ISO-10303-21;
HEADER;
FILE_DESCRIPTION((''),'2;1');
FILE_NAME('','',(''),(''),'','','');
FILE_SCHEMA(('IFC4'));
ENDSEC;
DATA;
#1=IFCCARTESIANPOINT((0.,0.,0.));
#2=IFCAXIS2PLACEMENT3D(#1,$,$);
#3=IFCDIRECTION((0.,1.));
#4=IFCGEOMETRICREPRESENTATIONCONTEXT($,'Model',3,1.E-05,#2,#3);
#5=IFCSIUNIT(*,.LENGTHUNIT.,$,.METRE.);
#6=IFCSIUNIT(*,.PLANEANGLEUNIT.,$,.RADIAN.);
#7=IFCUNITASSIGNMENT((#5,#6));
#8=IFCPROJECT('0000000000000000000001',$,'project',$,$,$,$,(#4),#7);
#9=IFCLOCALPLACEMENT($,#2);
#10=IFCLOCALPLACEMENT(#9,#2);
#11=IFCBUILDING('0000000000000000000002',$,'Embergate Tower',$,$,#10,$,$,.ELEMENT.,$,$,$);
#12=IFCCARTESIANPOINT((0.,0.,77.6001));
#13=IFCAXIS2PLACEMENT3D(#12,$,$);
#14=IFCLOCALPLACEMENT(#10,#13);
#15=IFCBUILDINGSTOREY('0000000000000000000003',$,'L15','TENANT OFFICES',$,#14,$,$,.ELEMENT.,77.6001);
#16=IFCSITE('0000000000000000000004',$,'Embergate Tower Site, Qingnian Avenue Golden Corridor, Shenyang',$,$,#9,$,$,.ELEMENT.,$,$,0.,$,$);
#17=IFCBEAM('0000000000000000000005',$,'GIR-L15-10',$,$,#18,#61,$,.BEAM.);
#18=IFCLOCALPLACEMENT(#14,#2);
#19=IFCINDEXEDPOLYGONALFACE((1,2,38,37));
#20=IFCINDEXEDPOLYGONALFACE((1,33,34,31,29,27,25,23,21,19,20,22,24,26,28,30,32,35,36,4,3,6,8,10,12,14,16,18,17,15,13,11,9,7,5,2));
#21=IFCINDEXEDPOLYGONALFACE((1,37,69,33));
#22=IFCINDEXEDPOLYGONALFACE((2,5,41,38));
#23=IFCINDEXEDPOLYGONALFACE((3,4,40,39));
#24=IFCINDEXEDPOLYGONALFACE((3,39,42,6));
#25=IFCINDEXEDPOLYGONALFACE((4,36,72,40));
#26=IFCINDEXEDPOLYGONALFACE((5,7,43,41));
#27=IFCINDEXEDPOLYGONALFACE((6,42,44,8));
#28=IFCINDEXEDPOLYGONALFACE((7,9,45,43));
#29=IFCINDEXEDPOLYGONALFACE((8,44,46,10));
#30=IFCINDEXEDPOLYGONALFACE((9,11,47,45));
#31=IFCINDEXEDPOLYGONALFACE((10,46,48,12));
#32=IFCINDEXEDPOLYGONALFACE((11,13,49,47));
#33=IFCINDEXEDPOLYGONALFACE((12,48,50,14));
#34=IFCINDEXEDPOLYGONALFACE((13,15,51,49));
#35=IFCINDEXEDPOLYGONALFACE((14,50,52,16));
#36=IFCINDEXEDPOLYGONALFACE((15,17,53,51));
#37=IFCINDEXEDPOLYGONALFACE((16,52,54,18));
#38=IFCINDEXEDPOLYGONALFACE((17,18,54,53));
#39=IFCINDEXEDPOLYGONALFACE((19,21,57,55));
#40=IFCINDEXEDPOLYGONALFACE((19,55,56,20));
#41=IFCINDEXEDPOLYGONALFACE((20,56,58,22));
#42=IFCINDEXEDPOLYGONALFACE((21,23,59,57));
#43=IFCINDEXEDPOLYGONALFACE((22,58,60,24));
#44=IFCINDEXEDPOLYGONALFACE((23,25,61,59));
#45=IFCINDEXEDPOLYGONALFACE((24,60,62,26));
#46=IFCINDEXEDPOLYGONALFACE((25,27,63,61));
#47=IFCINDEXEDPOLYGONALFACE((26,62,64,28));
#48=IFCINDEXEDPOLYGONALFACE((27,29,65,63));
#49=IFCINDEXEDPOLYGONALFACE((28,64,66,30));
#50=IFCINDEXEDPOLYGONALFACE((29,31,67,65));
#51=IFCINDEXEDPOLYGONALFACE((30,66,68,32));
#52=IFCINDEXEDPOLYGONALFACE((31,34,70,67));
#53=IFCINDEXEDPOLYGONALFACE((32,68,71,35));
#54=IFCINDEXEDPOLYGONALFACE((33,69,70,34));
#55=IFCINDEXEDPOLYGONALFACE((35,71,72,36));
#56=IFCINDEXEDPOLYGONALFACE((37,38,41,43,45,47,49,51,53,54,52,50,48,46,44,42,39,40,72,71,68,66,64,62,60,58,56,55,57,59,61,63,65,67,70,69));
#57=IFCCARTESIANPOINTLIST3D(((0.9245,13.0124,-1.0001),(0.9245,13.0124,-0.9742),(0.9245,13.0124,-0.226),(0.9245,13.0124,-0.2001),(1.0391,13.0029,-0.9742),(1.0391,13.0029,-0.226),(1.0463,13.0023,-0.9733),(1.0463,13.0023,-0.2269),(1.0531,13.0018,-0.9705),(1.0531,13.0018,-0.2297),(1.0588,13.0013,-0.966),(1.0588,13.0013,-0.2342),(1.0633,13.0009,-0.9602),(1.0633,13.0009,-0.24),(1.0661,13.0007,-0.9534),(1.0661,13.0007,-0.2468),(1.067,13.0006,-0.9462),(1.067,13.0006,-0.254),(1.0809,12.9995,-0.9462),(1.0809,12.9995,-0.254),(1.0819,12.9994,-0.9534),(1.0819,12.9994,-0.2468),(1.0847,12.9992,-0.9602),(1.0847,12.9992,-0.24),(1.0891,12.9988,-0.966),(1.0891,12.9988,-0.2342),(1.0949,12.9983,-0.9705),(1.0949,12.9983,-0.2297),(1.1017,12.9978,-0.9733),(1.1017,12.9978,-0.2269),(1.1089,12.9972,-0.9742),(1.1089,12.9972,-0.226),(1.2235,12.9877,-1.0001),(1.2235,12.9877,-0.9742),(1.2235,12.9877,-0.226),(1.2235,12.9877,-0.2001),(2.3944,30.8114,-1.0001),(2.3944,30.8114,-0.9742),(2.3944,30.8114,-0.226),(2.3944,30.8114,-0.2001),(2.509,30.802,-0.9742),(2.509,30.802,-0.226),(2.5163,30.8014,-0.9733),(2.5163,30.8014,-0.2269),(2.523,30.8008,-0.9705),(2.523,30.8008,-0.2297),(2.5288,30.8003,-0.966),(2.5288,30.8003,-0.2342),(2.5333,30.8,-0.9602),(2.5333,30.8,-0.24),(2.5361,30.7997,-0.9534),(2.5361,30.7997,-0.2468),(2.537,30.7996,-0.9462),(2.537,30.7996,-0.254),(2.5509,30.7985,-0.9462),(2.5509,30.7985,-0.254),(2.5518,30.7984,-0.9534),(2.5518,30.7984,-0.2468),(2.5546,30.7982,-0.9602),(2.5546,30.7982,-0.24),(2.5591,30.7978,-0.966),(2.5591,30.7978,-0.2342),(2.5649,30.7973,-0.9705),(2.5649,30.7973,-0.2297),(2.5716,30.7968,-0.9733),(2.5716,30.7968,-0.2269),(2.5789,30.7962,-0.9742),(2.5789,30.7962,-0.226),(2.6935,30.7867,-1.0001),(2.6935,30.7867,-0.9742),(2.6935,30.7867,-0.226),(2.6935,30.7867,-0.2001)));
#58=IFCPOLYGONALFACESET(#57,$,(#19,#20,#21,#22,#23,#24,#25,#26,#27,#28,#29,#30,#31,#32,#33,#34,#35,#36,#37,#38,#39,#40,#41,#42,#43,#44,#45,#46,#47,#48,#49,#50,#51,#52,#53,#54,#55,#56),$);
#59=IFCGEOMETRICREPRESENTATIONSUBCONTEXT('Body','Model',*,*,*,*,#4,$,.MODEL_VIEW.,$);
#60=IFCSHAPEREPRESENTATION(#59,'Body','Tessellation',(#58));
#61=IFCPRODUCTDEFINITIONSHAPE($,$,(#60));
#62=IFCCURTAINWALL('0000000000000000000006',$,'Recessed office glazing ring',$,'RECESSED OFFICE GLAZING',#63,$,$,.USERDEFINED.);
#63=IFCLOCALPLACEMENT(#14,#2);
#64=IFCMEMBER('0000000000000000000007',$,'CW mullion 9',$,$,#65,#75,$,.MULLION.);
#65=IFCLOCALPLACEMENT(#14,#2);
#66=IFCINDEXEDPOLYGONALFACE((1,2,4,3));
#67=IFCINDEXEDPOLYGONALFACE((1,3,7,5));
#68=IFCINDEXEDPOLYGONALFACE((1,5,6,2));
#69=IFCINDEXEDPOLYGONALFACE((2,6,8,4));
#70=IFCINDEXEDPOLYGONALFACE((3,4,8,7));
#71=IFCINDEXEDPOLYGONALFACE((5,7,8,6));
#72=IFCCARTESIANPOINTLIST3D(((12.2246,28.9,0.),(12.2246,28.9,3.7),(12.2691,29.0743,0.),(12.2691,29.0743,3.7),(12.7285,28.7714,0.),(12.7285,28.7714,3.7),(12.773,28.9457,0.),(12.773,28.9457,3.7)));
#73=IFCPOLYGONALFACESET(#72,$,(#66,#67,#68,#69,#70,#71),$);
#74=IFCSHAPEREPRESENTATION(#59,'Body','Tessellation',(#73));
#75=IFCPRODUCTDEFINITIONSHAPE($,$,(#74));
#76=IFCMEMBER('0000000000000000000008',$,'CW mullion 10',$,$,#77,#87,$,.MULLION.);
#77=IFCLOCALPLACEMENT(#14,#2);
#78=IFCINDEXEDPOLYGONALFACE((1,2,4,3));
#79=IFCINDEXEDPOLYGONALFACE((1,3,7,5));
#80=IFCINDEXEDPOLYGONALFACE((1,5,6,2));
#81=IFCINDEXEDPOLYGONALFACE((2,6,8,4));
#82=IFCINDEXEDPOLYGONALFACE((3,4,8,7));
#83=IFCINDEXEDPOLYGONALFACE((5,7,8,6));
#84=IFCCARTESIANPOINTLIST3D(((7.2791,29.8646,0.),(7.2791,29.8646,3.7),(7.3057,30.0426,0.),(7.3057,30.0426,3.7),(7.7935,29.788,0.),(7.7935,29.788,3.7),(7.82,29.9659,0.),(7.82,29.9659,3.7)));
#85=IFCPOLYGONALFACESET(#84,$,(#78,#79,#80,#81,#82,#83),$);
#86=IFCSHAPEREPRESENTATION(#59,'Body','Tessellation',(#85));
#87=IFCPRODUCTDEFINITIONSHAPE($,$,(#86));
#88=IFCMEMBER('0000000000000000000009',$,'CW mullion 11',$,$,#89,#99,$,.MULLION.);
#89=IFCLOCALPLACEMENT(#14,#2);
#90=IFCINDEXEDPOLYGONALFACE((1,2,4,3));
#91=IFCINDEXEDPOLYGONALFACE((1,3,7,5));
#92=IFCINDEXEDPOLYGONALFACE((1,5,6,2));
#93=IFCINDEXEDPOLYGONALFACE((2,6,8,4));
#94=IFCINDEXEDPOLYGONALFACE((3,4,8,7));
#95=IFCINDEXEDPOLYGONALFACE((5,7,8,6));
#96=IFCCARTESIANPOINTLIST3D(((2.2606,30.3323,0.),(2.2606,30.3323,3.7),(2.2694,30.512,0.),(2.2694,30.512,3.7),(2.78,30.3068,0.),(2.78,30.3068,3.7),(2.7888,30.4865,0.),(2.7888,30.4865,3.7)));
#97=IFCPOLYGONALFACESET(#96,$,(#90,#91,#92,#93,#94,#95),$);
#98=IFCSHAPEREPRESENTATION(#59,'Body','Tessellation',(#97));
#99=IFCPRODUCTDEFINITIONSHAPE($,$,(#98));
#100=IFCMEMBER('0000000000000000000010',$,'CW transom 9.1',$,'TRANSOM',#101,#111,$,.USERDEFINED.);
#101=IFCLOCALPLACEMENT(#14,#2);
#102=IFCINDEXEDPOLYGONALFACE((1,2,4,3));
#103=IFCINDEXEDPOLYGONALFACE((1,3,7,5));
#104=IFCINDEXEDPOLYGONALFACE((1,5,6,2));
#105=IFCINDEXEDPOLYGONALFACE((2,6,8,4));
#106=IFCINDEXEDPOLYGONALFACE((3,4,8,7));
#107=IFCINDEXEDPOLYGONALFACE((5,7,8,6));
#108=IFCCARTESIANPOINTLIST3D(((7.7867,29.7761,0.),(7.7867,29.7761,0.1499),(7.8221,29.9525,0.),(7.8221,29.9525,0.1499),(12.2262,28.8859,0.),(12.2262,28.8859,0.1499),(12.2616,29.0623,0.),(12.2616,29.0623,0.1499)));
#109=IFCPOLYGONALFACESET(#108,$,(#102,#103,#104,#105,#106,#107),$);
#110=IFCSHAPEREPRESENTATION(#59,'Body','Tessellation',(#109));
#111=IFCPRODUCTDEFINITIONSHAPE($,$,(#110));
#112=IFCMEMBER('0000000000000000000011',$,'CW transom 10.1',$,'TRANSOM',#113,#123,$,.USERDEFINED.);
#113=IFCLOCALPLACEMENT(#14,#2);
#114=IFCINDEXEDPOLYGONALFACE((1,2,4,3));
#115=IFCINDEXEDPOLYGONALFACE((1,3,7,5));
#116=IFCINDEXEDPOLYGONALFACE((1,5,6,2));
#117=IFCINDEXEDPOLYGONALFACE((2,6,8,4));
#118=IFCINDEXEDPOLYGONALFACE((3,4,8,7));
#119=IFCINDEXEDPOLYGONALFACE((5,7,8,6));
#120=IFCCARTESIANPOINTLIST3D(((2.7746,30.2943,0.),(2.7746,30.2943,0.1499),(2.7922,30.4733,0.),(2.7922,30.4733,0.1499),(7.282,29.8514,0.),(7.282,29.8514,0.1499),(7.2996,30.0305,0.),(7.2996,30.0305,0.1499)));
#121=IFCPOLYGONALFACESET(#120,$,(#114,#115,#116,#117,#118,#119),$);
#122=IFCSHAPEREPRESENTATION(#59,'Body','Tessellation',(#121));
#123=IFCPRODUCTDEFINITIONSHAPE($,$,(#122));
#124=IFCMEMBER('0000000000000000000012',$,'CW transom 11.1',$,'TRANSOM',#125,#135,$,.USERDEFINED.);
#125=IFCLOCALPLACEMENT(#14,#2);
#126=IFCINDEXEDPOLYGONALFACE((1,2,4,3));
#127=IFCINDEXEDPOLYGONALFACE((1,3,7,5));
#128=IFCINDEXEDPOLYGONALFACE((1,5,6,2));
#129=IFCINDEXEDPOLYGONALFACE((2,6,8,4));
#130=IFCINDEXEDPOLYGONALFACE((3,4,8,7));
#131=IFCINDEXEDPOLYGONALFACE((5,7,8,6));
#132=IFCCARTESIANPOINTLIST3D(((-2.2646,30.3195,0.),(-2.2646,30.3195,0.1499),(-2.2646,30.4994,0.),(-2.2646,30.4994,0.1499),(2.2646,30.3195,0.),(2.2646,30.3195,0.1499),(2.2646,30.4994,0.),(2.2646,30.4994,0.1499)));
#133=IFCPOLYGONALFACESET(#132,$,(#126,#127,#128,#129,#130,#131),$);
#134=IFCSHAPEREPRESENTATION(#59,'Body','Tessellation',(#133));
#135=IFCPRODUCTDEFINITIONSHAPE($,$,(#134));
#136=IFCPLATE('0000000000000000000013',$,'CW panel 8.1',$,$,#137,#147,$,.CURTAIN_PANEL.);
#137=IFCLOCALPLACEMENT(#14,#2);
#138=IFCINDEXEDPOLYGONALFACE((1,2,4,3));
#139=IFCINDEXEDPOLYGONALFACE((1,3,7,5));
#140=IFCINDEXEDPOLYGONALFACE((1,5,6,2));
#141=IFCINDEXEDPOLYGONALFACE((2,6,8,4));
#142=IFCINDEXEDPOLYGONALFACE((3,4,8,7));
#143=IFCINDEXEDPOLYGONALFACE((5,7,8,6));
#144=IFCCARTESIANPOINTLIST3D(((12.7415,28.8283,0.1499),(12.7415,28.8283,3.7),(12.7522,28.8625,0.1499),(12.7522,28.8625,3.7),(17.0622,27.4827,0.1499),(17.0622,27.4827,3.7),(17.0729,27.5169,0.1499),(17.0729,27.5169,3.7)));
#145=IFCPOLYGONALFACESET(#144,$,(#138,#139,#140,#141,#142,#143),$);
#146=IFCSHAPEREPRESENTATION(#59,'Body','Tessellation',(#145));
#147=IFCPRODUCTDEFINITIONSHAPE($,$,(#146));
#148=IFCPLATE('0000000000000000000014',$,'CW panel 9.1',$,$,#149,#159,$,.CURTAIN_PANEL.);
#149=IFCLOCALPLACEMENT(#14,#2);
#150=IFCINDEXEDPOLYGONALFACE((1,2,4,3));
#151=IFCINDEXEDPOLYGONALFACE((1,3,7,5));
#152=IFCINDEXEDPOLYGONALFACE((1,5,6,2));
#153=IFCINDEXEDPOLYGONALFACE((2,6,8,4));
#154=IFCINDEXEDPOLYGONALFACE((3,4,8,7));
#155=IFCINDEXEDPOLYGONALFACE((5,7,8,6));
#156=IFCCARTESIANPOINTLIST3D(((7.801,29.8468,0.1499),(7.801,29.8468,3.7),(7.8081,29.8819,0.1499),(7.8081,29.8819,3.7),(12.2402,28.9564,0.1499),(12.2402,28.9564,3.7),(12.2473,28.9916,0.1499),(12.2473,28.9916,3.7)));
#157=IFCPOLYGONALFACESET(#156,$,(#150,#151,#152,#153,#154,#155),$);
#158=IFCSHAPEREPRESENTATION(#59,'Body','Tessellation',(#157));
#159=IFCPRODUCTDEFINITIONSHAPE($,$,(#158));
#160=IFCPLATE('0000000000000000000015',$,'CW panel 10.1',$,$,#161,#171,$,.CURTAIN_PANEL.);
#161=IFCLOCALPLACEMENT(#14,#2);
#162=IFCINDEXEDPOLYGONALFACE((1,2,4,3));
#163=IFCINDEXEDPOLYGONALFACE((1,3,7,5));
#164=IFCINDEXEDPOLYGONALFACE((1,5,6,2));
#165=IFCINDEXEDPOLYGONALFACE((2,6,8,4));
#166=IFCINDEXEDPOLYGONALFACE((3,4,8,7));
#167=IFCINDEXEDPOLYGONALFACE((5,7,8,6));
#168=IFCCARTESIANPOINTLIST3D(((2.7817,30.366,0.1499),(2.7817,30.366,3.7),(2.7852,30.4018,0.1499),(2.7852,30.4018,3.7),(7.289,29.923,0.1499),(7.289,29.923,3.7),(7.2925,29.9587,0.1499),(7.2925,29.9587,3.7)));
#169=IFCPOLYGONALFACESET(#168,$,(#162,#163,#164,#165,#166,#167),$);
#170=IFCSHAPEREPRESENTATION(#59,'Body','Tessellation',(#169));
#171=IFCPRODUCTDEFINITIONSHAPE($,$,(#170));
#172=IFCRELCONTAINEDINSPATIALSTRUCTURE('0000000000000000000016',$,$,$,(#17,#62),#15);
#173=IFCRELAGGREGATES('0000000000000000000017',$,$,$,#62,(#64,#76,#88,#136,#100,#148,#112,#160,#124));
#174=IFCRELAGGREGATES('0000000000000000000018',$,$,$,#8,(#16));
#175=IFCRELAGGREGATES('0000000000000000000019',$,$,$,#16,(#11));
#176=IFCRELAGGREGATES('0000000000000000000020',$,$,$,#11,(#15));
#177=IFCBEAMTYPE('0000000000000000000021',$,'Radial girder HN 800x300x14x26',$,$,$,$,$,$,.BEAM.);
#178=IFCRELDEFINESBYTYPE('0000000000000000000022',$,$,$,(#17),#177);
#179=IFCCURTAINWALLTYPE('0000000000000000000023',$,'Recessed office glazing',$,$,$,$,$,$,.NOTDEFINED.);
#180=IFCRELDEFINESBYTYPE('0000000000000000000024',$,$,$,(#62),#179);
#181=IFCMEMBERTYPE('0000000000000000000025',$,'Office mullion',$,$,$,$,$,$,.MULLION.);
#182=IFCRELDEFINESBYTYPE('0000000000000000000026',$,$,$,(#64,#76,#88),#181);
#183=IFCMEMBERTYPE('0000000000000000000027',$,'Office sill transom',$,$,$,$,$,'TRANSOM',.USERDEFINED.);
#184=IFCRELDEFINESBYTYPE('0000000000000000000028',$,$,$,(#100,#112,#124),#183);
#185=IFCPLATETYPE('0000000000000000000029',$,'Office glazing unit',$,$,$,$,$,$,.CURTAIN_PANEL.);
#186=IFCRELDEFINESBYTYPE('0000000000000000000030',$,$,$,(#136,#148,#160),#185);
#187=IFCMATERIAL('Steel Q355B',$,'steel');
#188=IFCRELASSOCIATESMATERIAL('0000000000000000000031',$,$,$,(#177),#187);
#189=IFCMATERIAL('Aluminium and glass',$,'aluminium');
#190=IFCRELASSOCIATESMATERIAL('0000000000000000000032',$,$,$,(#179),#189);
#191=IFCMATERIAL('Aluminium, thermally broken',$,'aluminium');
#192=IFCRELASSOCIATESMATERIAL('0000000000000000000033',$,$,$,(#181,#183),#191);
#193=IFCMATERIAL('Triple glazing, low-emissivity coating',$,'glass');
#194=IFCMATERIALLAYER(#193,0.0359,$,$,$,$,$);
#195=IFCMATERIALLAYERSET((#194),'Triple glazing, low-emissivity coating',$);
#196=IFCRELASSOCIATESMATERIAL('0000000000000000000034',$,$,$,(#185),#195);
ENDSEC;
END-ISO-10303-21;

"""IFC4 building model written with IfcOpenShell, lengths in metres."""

from ifc_helpers import new_model, si_unit, direction, frame, origin, origin_2d, place, context, subcontext, project, spatial, rectangle, i_section, extrude, source, transform, mapped, material, layer, layer_set, material_profile, profile_set, type_object, element, aggregate, save


model = new_model("IFC4")

# Units and contexts
model_context = context("Model", 3, precision=1e-05, world=origin(), true_north=direction((0.0, 1.0)))
body_context = subcontext(model_context, "Body", "Model", "MODEL_VIEW")
ifc_project = project(units=[si_unit("LENGTHUNIT", "METRE"), si_unit("PLANEANGLEUNIT", "RADIAN")], contexts=[model_context])

# Site, building, storey
site_placement = place(None, origin())
site = spatial("IfcSite", under=ifc_project, at=site_placement, Name="Embergate Tower Site, Qingnian Avenue Golden Corridor, Shenyang", CompositionType="ELEMENT", RefElevation=0.0)
building_placement = place(site_placement, origin())
building = spatial("IfcBuilding", under=site, at=building_placement, Name="Embergate Tower", CompositionType="ELEMENT")
storey_placement = place(building_placement, frame((0.0, 0.0, 77.6001)))
storey = spatial("IfcBuildingStorey", under=building, at=storey_placement, Name="L15", Description="TENANT OFFICES", CompositionType="ELEMENT", Elevation=77.6001)

# Beam
ifc_material_1 = material(Name="Steel Q355B", Category="steel")
ifc_material_profile_1 = material_profile(ifc_material_1, i_section(OverallWidth=0.3, OverallDepth=0.8, WebThickness=0.0139, FlangeThickness=0.0259, FilletRadius=0.0281, at=origin_2d()), Name="HN 800x300x14x26")
ifc_profile_set_1 = profile_set([ifc_material_profile_1], Name="Steel Q355 grade B")
beam_type_1 = type_object("IfcBeamType", Name="Radial girder HN 800x300x14x26", PredefinedType="BEAM", material=ifc_profile_set_1)
shared_shape_1 = source(origin(), body_context, "Body", "SweptSolid", [
    extrude(i_section(OverallWidth=0.3, OverallDepth=0.8, WebThickness=0.0139, FlangeThickness=0.0259, FilletRadius=0.0281, at=origin_2d()), origin(), (0.0, 0.0, 1.0), 17.8596),
])
beam_1_placement = place(storey_placement, frame((2.5439, 30.7991, -0.6001), z_axis=(-0.082307, -0.996607, 0.0), x_axis=(0.996607, -0.082307, 0.0)))
element("IfcBeam", 1, at=beam_1_placement, inside=storey, type_object=beam_type_1, Name="GIR-L15-10", PredefinedType="BEAM", context=body_context, shape_type="MappedRepresentation", body=[
    mapped(shared_shape_1, transform((0.0, 0.0, 0.0))),
])

# Curtain wall, members, plates
ifc_material_2 = material(Name="Aluminium and glass", Category="aluminium")
curtain_wall_type = type_object("IfcCurtainWallType", Name="Recessed office glazing", PredefinedType="NOTDEFINED", material=ifc_material_2)
curtain_wall_placement = place(storey_placement, origin())
curtain_wall = element("IfcCurtainWall", 2, at=curtain_wall_placement, inside=storey, type_object=curtain_wall_type, Name="Recessed office glazing ring", ObjectType="RECESSED OFFICE GLAZING", PredefinedType="USERDEFINED")
ifc_material_3 = material(Name="Aluminium, thermally broken", Category="aluminium")
ifc_material_profile_2 = material_profile(ifc_material_3, rectangle(XDim=0.1799, YDim=0.52, at=origin_2d()), Name="AL 520x180")
ifc_profile_set_2 = profile_set([ifc_material_profile_2], Name="Aluminium, thermally broken")
member_type_1 = type_object("IfcMemberType", Name="Office mullion", PredefinedType="MULLION", material=ifc_profile_set_2)
shared_shape_2 = source(origin(), body_context, "Body", "SweptSolid", [
    extrude(rectangle(XDim=0.1799, YDim=0.52, at=origin_2d()), origin(), (0.0, 0.0, 1.0), 3.7),
])
member_1_placement = place(storey_placement, frame((12.4988, 28.9229, 0.0), z_axis=(0.0, 0.0, 1.0), x_axis=(-0.247315, -0.968935, 0.0)))
member_1 = element("IfcMember", 3, at=member_1_placement, type_object=member_type_1, Name="CW mullion 9", PredefinedType="MULLION", context=body_context, shape_type="MappedRepresentation", body=[
    mapped(shared_shape_2, transform((0.0, 0.0, 0.0))),
])
member_2_placement = place(storey_placement, frame((7.5496, 29.9153, 0.0), z_axis=(0.0, 0.0, 1.0), x_axis=(-0.147414, -0.989075, 0.0)))
member_2 = element("IfcMember", 4, at=member_2_placement, type_object=member_type_1, Name="CW mullion 10", PredefinedType="MULLION", context=body_context, shape_type="MappedRepresentation", body=[
    mapped(shared_shape_2, transform((0.0, 0.0, 0.0))),
])
member_3_placement = place(storey_placement, frame((2.5247, 30.4094, 0.0), z_axis=(0.0, 0.0, 1.0), x_axis=(-0.048972, -0.9988, 0.0)))
member_3 = element("IfcMember", 5, at=member_3_placement, type_object=member_type_1, Name="CW mullion 11", PredefinedType="MULLION", context=body_context, shape_type="MappedRepresentation", body=[
    mapped(shared_shape_2, transform((0.0, 0.0, 0.0))),
])
ifc_material_profile_3 = material_profile(ifc_material_3, rectangle(XDim=0.1799, YDim=0.1499, at=origin_2d()), Name="AL 150x180")
ifc_profile_set_3 = profile_set([ifc_material_profile_3], Name="Aluminium, thermally broken")
member_type_2 = type_object("IfcMemberType", Name="Office sill transom", ElementType="TRANSOM", PredefinedType="USERDEFINED", material=ifc_profile_set_3)
shared_shape_3 = source(origin(), body_context, "Body", "SweptSolid", [
    extrude(rectangle(XDim=0.1799, YDim=0.1499, at=origin_2d()), origin(), (0.0, 0.0, 1.0), 4.5278),
])
member_4_placement = place(storey_placement, frame((12.2439, 28.9741, 0.075), z_axis=(-0.980485, 0.196593, 0.0), x_axis=(-0.196593, -0.980485, 0.0)))
member_4 = element("IfcMember", 6, at=member_4_placement, type_object=member_type_2, Name="CW transom 9.1", ObjectType="TRANSOM", PredefinedType="USERDEFINED", context=body_context, shape_type="MappedRepresentation", body=[
    mapped(shared_shape_3, transform((0.0, 0.0, 0.0))),
])
shared_shape_4 = source(origin(), body_context, "Body", "SweptSolid", [
    extrude(rectangle(XDim=0.1799, YDim=0.1499, at=origin_2d()), origin(), (0.0, 0.0, 1.0), 4.5291),
])
member_5_placement = place(storey_placement, frame((7.2908, 29.9409, 0.075), z_axis=(-0.995208, 0.097785, 0.0), x_axis=(-0.097785, -0.995208, 0.0)))
member_5 = element("IfcMember", 7, at=member_5_placement, type_object=member_type_2, Name="CW transom 10.1", ObjectType="TRANSOM", PredefinedType="USERDEFINED", context=body_context, shape_type="MappedRepresentation", body=[
    mapped(shared_shape_4, transform((0.0, 0.0, 0.0))),
])
shared_shape_5 = source(origin(), body_context, "Body", "SweptSolid", [
    extrude(rectangle(XDim=0.1799, YDim=0.1499, at=origin_2d()), origin(), (0.0, 0.0, 1.0), 4.5293),
])
member_6_placement = place(storey_placement, frame((2.2646, 30.4094, 0.075), z_axis=(-1.0, 0.0, 0.0), x_axis=(0.0, -1.0, 0.0)))
member_6 = element("IfcMember", 8, at=member_6_placement, type_object=member_type_2, Name="CW transom 11.1", ObjectType="TRANSOM", PredefinedType="USERDEFINED", context=body_context, shape_type="MappedRepresentation", body=[
    mapped(shared_shape_5, transform((0.0, 0.0, 0.0))),
])
ifc_material_4 = material(Name="Triple glazing, low-emissivity coating", Category="glass")
ifc_layer_1 = layer(ifc_material_4, 0.0359)
ifc_layer_set_1 = layer_set([ifc_layer_1], Name="Triple glazing, low-emissivity coating")
plate_type = type_object("IfcPlateType", Name="Office glazing unit", PredefinedType="CURTAIN_PANEL", material=ifc_layer_set_1)
shared_shape_6 = source(origin(), body_context, "Body", "SweptSolid", [
    extrude(rectangle(XDim=4.5254, YDim=0.0359, at=origin_2d()), origin(), (0.0, 0.0, 1.0), 3.55),
])
plate_1_placement = place(storey_placement, frame((14.9072, 28.1726, 0.1499), z_axis=(0.0, 0.0, 1.0), x_axis=(-0.954771, 0.297342, 0.0)))
plate_1 = element("IfcPlate", 9, at=plate_1_placement, type_object=plate_type, Name="CW panel 8.1", PredefinedType="CURTAIN_PANEL", context=body_context, shape_type="MappedRepresentation", body=[
    mapped(shared_shape_6, transform((0.0, 0.0, 0.0))),
])
shared_shape_7 = source(origin(), body_context, "Body", "SweptSolid", [
    extrude(rectangle(XDim=4.5276, YDim=0.0359, at=origin_2d()), origin(), (0.0, 0.0, 1.0), 3.55),
])
plate_2_placement = place(storey_placement, frame((10.0242, 29.4192, 0.1499), z_axis=(0.0, 0.0, 1.0), x_axis=(-0.980475, 0.196643, 0.0)))
plate_2 = element("IfcPlate", 10, at=plate_2_placement, type_object=plate_type, Name="CW panel 9.1", PredefinedType="CURTAIN_PANEL", context=body_context, shape_type="MappedRepresentation", body=[
    mapped(shared_shape_7, transform((0.0, 0.0, 0.0))),
])
shared_shape_8 = source(origin(), body_context, "Body", "SweptSolid", [
    extrude(rectangle(XDim=4.5291, YDim=0.0359, at=origin_2d()), origin(), (0.0, 0.0, 1.0), 3.55),
])
plate_3_placement = place(storey_placement, frame((5.0371, 30.1624, 0.1499), z_axis=(0.0, 0.0, 1.0), x_axis=(-0.995203, 0.097831, 0.0)))
plate_3 = element("IfcPlate", 11, at=plate_3_placement, type_object=plate_type, Name="CW panel 10.1", PredefinedType="CURTAIN_PANEL", context=body_context, shape_type="MappedRepresentation", body=[
    mapped(shared_shape_8, transform((0.0, 0.0, 0.0))),
])
aggregate(curtain_wall, [member_1, member_2, member_3, plate_1, member_4, plate_2, member_5, plate_3, member_6])

save(model, "model.ifc")
